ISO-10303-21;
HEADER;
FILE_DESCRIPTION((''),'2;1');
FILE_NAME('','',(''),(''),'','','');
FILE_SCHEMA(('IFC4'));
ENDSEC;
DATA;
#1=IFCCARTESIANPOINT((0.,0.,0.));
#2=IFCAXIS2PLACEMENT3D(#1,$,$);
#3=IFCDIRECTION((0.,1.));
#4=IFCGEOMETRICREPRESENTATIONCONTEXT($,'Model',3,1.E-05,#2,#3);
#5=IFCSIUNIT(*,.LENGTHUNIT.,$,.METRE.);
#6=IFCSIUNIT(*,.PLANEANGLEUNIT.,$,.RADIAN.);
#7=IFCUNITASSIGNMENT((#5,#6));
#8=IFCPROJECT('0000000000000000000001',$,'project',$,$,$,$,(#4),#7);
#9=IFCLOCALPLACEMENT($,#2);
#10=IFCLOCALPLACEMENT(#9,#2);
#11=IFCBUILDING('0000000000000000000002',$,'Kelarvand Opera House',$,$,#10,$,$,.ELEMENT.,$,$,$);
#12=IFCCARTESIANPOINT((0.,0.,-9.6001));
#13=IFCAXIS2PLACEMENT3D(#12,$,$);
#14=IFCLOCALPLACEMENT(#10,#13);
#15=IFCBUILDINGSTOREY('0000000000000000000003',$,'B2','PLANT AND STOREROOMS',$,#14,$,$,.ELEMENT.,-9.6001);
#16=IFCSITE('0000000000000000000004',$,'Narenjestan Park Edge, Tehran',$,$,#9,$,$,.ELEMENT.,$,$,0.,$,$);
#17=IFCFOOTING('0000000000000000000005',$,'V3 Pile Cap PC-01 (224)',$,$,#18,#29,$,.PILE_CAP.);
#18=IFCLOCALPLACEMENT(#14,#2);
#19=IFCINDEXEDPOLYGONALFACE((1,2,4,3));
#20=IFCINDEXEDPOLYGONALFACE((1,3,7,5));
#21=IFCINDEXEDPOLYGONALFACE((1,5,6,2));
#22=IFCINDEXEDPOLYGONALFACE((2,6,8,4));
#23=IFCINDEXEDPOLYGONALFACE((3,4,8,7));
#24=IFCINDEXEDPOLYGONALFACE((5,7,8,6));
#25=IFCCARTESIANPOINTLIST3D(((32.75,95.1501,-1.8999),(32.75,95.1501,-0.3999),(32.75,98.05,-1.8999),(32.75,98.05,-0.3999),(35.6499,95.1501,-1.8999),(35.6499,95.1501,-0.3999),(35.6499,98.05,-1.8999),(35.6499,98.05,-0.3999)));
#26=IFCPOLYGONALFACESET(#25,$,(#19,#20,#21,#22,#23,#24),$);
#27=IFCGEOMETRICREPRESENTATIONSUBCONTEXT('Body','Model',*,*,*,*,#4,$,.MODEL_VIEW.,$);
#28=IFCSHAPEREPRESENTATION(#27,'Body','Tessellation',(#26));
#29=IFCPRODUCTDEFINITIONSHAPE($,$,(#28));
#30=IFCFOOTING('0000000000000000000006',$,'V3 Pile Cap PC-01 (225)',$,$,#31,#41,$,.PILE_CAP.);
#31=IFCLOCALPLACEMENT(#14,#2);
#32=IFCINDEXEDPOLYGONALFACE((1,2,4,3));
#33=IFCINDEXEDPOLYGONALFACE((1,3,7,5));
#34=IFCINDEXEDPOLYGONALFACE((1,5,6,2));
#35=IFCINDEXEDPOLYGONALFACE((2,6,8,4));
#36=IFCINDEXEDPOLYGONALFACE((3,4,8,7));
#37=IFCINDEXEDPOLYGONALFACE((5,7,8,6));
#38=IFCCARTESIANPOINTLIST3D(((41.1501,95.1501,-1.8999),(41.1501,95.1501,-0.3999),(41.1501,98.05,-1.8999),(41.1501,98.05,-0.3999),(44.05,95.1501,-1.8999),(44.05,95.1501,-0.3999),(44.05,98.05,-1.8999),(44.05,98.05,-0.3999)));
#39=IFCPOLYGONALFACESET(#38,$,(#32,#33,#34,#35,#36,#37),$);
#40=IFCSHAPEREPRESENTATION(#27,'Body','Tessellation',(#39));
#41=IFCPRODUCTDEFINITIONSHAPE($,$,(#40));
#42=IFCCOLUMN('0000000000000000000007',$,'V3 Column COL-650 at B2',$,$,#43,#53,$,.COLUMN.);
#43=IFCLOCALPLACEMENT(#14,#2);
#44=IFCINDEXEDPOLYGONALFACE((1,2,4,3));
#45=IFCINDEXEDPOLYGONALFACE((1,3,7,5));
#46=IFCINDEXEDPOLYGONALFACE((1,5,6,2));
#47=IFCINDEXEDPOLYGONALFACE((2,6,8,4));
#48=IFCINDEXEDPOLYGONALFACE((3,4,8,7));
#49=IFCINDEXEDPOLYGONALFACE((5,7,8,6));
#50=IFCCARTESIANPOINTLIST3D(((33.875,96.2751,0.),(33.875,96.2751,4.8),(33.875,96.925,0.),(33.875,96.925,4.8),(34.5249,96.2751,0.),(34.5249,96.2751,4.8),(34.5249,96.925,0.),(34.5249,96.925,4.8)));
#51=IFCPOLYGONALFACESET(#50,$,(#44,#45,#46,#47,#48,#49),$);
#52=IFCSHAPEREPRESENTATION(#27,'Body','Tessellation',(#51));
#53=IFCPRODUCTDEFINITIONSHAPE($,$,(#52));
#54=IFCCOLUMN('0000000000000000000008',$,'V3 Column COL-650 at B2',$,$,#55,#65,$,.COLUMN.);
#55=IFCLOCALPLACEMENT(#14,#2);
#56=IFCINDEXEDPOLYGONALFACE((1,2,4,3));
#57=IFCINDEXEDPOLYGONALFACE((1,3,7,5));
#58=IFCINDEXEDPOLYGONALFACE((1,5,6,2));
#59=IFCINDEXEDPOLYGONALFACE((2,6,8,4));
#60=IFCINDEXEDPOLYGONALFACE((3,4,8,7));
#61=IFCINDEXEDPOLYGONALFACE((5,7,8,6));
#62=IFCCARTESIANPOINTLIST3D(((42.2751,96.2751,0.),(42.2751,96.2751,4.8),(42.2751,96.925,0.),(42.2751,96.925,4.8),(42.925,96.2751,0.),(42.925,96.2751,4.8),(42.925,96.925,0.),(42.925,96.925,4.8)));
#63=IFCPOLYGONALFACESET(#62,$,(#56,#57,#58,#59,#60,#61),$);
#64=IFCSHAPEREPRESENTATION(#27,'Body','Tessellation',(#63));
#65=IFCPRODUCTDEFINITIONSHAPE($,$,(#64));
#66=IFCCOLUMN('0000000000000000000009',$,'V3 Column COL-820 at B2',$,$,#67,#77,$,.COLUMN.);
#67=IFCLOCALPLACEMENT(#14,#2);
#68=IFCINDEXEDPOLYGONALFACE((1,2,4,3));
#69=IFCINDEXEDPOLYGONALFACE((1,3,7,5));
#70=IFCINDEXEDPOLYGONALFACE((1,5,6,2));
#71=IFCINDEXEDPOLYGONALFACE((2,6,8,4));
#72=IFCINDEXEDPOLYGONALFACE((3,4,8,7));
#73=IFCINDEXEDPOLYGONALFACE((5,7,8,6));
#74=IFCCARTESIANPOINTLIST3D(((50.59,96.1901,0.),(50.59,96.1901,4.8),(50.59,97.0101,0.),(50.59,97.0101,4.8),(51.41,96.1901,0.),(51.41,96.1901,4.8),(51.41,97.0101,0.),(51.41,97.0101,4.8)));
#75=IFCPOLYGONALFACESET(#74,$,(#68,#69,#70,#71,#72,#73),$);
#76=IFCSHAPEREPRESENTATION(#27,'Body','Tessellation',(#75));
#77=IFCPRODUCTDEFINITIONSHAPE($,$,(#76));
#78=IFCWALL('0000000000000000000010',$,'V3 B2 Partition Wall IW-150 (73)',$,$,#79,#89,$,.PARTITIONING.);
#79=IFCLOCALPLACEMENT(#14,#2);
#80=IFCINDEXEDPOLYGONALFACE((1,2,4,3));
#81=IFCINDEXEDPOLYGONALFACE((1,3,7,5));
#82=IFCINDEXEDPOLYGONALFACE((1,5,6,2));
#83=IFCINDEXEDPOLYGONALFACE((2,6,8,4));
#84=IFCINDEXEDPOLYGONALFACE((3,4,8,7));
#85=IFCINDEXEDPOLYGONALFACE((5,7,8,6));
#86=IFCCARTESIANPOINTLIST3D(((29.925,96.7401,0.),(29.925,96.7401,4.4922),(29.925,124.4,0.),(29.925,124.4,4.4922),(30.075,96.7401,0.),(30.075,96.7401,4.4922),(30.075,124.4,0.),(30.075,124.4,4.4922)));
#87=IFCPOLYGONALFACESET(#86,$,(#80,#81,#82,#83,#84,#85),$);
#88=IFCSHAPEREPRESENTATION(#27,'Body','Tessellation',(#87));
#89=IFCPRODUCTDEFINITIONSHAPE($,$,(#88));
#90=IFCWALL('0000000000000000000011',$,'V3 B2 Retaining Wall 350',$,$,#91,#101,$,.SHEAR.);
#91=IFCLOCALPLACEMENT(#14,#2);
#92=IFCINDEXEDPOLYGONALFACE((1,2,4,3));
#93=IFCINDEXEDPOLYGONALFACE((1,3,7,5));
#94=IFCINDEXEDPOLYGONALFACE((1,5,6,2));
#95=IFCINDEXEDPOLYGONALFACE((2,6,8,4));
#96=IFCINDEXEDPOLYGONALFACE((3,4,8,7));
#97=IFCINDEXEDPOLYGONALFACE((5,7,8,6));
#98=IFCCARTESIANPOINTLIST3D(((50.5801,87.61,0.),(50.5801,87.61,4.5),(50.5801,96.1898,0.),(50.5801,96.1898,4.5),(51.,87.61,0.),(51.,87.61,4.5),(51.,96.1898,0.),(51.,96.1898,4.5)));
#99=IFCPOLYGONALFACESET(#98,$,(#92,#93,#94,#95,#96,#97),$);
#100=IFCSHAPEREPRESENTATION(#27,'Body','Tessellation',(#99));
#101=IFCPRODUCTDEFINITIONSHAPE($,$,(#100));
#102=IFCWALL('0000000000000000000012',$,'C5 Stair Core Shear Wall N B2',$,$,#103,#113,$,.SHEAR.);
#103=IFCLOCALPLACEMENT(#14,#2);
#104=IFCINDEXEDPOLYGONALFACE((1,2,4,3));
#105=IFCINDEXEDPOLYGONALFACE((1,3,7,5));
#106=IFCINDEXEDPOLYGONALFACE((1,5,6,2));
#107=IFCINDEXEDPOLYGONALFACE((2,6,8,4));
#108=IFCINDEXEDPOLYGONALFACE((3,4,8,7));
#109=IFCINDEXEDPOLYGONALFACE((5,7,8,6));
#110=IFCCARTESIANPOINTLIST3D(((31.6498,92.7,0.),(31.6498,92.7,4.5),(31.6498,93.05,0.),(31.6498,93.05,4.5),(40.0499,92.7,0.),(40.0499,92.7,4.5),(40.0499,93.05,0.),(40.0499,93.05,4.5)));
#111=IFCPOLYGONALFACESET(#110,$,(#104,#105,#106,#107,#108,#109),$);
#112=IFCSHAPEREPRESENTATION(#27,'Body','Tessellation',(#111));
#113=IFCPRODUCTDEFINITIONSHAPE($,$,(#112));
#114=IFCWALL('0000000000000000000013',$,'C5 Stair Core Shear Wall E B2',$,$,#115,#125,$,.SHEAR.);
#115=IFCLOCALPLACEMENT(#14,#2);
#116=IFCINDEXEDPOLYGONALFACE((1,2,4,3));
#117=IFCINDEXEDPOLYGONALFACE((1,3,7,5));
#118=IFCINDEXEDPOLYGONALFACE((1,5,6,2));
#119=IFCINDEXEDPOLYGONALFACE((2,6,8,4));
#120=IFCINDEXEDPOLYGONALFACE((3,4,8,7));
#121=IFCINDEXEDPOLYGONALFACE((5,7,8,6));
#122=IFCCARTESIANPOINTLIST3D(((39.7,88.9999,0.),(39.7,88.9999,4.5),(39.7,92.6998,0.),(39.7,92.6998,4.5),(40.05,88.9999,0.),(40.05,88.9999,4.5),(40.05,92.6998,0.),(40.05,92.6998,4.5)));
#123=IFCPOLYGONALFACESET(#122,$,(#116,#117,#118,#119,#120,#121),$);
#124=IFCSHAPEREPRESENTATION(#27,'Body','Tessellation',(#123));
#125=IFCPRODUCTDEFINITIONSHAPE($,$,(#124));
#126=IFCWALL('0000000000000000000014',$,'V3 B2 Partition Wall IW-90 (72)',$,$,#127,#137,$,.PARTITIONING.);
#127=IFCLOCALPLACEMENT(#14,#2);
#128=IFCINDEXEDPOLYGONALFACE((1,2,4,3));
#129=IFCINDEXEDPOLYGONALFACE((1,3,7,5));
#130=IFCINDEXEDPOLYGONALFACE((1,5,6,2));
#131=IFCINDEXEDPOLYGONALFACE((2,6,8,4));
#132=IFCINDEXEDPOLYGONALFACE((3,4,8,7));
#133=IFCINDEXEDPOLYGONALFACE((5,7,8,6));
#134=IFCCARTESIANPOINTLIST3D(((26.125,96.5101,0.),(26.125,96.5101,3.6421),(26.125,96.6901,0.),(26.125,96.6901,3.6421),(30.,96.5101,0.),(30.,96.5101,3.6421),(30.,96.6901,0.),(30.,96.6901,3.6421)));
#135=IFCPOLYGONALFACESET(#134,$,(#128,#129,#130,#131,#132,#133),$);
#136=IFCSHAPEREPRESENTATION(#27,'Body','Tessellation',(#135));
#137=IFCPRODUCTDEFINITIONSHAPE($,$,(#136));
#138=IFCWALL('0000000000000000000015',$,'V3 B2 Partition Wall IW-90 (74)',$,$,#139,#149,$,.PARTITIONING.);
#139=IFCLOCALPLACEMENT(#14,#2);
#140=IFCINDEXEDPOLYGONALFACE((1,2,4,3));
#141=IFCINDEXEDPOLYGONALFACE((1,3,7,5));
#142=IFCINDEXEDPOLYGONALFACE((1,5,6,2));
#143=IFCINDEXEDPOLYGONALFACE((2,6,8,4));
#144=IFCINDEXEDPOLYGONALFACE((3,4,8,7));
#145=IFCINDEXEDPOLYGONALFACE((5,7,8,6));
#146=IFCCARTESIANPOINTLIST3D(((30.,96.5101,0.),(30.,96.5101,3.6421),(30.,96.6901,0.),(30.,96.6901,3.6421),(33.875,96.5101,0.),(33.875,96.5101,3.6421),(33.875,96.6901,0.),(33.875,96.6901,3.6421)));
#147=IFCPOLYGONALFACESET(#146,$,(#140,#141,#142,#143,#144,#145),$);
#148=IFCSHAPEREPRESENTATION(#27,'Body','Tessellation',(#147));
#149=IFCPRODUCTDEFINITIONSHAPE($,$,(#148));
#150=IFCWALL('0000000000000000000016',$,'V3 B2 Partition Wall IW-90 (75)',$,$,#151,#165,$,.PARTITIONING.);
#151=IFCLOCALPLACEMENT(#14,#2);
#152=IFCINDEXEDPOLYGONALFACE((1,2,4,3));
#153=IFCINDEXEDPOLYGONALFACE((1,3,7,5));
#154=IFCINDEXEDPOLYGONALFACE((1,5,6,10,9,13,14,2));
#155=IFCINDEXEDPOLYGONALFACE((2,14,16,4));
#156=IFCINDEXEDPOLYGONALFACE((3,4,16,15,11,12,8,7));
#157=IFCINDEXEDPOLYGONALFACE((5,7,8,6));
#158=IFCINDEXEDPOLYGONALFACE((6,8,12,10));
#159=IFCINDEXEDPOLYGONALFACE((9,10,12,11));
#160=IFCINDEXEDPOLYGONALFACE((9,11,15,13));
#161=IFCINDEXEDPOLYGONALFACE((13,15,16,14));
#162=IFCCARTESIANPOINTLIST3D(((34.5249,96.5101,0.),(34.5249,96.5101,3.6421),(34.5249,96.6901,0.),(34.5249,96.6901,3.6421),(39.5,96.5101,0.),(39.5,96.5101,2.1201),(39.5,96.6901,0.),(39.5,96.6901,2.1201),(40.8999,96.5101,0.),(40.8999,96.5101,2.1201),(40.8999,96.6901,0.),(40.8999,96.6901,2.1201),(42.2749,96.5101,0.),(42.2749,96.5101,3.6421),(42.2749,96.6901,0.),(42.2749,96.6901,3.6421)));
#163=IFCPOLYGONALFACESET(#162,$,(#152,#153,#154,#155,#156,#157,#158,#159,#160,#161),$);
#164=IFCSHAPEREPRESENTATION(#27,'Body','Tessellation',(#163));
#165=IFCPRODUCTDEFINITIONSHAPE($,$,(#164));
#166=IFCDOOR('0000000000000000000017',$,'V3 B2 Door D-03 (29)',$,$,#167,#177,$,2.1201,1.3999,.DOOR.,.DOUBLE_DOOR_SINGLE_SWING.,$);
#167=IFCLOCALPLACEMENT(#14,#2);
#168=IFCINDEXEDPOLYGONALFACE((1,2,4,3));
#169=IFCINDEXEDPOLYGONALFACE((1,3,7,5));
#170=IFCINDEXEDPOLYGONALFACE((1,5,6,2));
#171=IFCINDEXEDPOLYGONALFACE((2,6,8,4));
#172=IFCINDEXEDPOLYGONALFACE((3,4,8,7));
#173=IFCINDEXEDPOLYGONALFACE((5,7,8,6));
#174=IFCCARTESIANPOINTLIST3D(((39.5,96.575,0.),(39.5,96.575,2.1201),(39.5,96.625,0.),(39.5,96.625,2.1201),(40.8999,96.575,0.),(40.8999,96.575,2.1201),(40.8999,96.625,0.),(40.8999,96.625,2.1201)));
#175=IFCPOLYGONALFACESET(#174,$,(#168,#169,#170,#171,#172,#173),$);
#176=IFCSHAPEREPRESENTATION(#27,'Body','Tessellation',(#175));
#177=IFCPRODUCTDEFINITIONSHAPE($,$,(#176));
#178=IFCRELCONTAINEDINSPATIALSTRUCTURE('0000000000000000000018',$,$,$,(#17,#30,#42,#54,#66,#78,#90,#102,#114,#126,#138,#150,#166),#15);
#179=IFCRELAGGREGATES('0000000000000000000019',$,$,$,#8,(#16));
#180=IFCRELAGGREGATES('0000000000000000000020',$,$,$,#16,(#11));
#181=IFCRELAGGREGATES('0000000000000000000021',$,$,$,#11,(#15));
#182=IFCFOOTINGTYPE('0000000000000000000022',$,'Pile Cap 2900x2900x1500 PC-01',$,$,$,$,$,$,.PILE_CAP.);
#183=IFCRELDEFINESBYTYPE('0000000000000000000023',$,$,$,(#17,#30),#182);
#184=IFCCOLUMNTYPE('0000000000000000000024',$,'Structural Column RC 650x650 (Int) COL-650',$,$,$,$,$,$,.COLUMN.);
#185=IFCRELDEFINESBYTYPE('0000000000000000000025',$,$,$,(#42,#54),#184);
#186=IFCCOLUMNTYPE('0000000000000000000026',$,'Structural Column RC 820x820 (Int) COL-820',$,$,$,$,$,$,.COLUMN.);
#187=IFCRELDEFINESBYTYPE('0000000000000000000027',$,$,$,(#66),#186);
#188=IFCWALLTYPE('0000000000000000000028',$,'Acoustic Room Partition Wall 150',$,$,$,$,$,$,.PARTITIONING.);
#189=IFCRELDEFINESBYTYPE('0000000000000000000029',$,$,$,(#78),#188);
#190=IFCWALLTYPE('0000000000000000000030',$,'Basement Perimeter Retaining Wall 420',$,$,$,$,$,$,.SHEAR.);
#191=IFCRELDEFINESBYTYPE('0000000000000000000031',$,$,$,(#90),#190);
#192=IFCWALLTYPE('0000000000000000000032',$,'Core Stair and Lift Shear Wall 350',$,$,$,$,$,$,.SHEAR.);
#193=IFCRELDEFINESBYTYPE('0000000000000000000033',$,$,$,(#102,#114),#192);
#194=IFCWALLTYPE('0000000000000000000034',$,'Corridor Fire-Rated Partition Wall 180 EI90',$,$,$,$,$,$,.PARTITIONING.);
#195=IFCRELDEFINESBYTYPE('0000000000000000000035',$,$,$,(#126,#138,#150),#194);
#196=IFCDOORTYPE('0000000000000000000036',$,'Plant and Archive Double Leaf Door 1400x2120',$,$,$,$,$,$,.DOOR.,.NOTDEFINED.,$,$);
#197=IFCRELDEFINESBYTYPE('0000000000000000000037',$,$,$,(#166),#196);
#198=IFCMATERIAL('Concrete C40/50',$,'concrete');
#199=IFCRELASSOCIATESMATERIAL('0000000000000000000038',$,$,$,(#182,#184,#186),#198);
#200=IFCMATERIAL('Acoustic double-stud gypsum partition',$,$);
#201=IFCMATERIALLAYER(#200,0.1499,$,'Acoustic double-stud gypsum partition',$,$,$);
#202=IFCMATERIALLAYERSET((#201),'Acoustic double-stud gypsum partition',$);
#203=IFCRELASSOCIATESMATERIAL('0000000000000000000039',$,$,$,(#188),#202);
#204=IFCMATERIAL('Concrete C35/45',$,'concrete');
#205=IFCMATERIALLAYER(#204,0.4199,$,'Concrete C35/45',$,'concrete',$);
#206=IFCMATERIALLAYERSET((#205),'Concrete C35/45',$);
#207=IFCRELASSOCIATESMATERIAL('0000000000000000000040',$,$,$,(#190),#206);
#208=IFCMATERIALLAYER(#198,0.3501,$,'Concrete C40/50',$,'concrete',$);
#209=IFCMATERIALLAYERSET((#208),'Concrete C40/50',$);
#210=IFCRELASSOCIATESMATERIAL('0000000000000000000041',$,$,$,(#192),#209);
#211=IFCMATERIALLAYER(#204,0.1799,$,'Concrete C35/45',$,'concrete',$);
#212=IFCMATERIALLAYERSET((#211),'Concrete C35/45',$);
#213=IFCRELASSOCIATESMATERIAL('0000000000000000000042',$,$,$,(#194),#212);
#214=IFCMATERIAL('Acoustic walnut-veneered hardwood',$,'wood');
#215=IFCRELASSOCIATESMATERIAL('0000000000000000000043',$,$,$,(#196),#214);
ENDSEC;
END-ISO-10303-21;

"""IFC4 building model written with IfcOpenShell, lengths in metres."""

from ifc_helpers import new_model, si_unit, direction, frame, frame_2d, origin, origin_2d, place, context, subcontext, project, spatial, rectangle, extrude, material, layer, layer_set, material_profile, profile_set, type_object, element, fill, save


model = new_model("IFC4")

# Units and contexts
model_context = context("Model", 3, precision=1e-05, world=origin(), true_north=direction((0.0, 1.0)))
body_context = subcontext(model_context, "Body", "Model", "MODEL_VIEW")
ifc_project = project(units=[si_unit("LENGTHUNIT", "METRE"), si_unit("PLANEANGLEUNIT", "RADIAN")], contexts=[model_context])

# Site, building, storey
site_placement = place(None, origin())
site = spatial("IfcSite", under=ifc_project, at=site_placement, Name="Narenjestan Park Edge, Tehran", CompositionType="ELEMENT", RefElevation=0.0)
building_placement = place(site_placement, origin())
building = spatial("IfcBuilding", under=site, at=building_placement, Name="Kelarvand Opera House", CompositionType="ELEMENT")
storey_placement = place(building_placement, frame((0.0, 0.0, -9.6001)))
storey = spatial("IfcBuildingStorey", under=building, at=storey_placement, Name="B2", Description="PLANT AND STOREROOMS", CompositionType="ELEMENT", Elevation=-9.6001)

# Shared definitions
ifc_material_1 = material(Name="Concrete C40/50", Category="concrete")

# Footings
footing_type = type_object("IfcFootingType", Name="Pile Cap 2900x2900x1500 PC-01", PredefinedType="PILE_CAP", material=ifc_material_1)
for number, where, z_axis, x_axis, name in (
    (1, (34.2, 96.6001, -1.8999), (0.0, 0.0, 1.0), (1.0, 0.0, 0.0), "V3 Pile Cap PC-01 (224)"),
    (2, (42.6001, 96.6001, -1.8999), (0.0, 0.0, 1.0), (1.0, 0.0, 0.0), "V3 Pile Cap PC-01 (225)"),
):
    element("IfcFooting", number, at=place(storey_placement, frame(where, z_axis=z_axis, x_axis=x_axis)), inside=storey, type_object=footing_type, Name=name, PredefinedType="PILE_CAP", context=body_context, shape_type="SweptSolid", body=[
        extrude(rectangle(XDim=2.8999, YDim=2.8999, at=origin_2d()), origin(), (0.0, 0.0, 1.0), 1.5),
    ])

# Columns
ifc_material_profile_1 = material_profile(ifc_material_1, rectangle(XDim=0.6499, YDim=0.6499, at=origin_2d()), Name="RC 650x650", Category="concrete")
ifc_profile_set_1 = profile_set([ifc_material_profile_1], Name="Concrete C40/50")
column_type_1 = type_object("IfcColumnType", Name="Structural Column RC 650x650 (Int) COL-650", PredefinedType="COLUMN", material=ifc_profile_set_1)
for number, where, z_axis, x_axis, name in (
    (3, (34.2, 96.6001, 0.0), (0.0, 0.0, 1.0), (1.0, 0.0, 0.0), "V3 Column COL-650 at B2"),
    (4, (42.6001, 96.6001, 0.0), (0.0, 0.0, 1.0), (1.0, 0.0, 0.0), "V3 Column COL-650 at B2"),
):
    element("IfcColumn", number, at=place(storey_placement, frame(where, z_axis=z_axis, x_axis=x_axis)), inside=storey, type_object=column_type_1, Name=name, PredefinedType="COLUMN", context=body_context, shape_type="SweptSolid", body=[
        extrude(rectangle(XDim=0.6499, YDim=0.6499, at=origin_2d()), origin(), (0.0, 0.0, 1.0), 4.8),
    ])
ifc_material_profile_2 = material_profile(ifc_material_1, rectangle(XDim=0.8201, YDim=0.8201, at=origin_2d()), Name="RC 820x820", Category="concrete")
ifc_profile_set_2 = profile_set([ifc_material_profile_2], Name="Concrete C40/50")
column_type_2 = type_object("IfcColumnType", Name="Structural Column RC 820x820 (Int) COL-820", PredefinedType="COLUMN", material=ifc_profile_set_2)
column_placement = place(storey_placement, frame((51.0, 96.6001, 0.0), z_axis=(0.0, 0.0, 1.0), x_axis=(1.0, 0.0, 0.0)))
element("IfcColumn", 5, at=column_placement, inside=storey, type_object=column_type_2, Name="V3 Column COL-820 at B2", PredefinedType="COLUMN", context=body_context, shape_type="SweptSolid", body=[
    extrude(rectangle(XDim=0.8201, YDim=0.8201, at=origin_2d()), origin(), (0.0, 0.0, 1.0), 4.8),
])

# Walls
ifc_material_2 = material(Name="Acoustic double-stud gypsum partition")
ifc_layer_1 = layer(ifc_material_2, 0.1499, Name="Acoustic double-stud gypsum partition")
ifc_layer_set_1 = layer_set([ifc_layer_1], Name="Acoustic double-stud gypsum partition")
wall_type_1 = type_object("IfcWallType", Name="Acoustic Room Partition Wall 150", PredefinedType="PARTITIONING", material=ifc_layer_set_1)
wall_1_placement = place(storey_placement, frame((30.0, 96.74, 0.0), z_axis=(0.0, 0.0, 1.0), x_axis=(0.0, 1.0, 0.0)))
element("IfcWall", 6, at=wall_1_placement, inside=storey, type_object=wall_type_1, Name="V3 B2 Partition Wall IW-150 (73)", PredefinedType="PARTITIONING", context=body_context, shape_type="SweptSolid", body=[
    extrude(rectangle(XDim=27.6599, YDim=0.1499, at=frame_2d((13.8301, 0.0))), origin(), (0.0, 0.0, 1.0), 4.4922),
])
ifc_material_3 = material(Name="Concrete C35/45", Category="concrete")
ifc_layer_2 = layer(ifc_material_3, 0.4199, Name="Concrete C35/45", Category="concrete")
ifc_layer_set_2 = layer_set([ifc_layer_2], Name="Concrete C35/45")
wall_type_2 = type_object("IfcWallType", Name="Basement Perimeter Retaining Wall 420", PredefinedType="SHEAR", material=ifc_layer_set_2)
wall_2_placement = place(storey_placement, frame((50.79, 96.1899, 0.0), z_axis=(0.0, 0.0, 1.0), x_axis=(0.0, -1.0, 0.0)))
element("IfcWall", 7, at=wall_2_placement, inside=storey, type_object=wall_type_2, Name="V3 B2 Retaining Wall 350", PredefinedType="SHEAR", context=body_context, shape_type="SweptSolid", body=[
    extrude(rectangle(XDim=8.5798, YDim=0.4199, at=frame_2d((4.29, 0.0))), origin(), (0.0, 0.0, 1.0), 4.5),
])
ifc_layer_3 = layer(ifc_material_1, 0.3501, Name="Concrete C40/50", Category="concrete")
ifc_layer_set_3 = layer_set([ifc_layer_3], Name="Concrete C40/50")
wall_type_3 = type_object("IfcWallType", Name="Core Stair and Lift Shear Wall 350", PredefinedType="SHEAR", material=ifc_layer_set_3)
wall_3_placement = place(storey_placement, frame((40.05, 92.875, 0.0), z_axis=(0.0, 0.0, 1.0), x_axis=(-1.0, 0.0, 0.0)))
element("IfcWall", 8, at=wall_3_placement, inside=storey, type_object=wall_type_3, Name="C5 Stair Core Shear Wall N B2", PredefinedType="SHEAR", context=body_context, shape_type="SweptSolid", body=[
    extrude(rectangle(XDim=8.4001, YDim=0.3501, at=frame_2d((4.2002, 0.0))), origin(), (0.0, 0.0, 1.0), 4.5),
])
wall_4_placement = place(storey_placement, frame((39.875, 92.7, 0.0), z_axis=(0.0, 0.0, 1.0), x_axis=(0.0, -1.0, 0.0)))
element("IfcWall", 9, at=wall_4_placement, inside=storey, type_object=wall_type_3, Name="C5 Stair Core Shear Wall E B2", PredefinedType="SHEAR", context=body_context, shape_type="SweptSolid", body=[
    extrude(rectangle(XDim=3.7, YDim=0.3501, at=frame_2d((1.8501, 0.0))), origin(), (0.0, 0.0, 1.0), 4.5),
])
ifc_layer_4 = layer(ifc_material_3, 0.1799, Name="Concrete C35/45", Category="concrete")
ifc_layer_set_4 = layer_set([ifc_layer_4], Name="Concrete C35/45")
wall_type_4 = type_object("IfcWallType", Name="Corridor Fire-Rated Partition Wall 180 EI90", PredefinedType="PARTITIONING", material=ifc_layer_set_4)
for number, where, z_axis, x_axis, name in (
    (10, (26.125, 96.6001, 0.0), (0.0, 0.0, 1.0), (1.0, 0.0, 0.0), "V3 B2 Partition Wall IW-90 (72)"),
    (11, (30.0, 96.6001, 0.0), (0.0, 0.0, 1.0), (1.0, 0.0, 0.0), "V3 B2 Partition Wall IW-90 (74)"),
):
    element("IfcWall", number, at=place(storey_placement, frame(where, z_axis=z_axis, x_axis=x_axis)), inside=storey, type_object=wall_type_4, Name=name, PredefinedType="PARTITIONING", context=body_context, shape_type="SweptSolid", body=[
        extrude(rectangle(XDim=3.875, YDim=0.1799, at=frame_2d((1.9375, 0.0))), origin(), (0.0, 0.0, 1.0), 3.6421),
    ])

# Wall, opening, door
wall_5_placement = place(storey_placement, frame((34.5249, 96.6001, 0.0), z_axis=(0.0, 0.0, 1.0), x_axis=(1.0, 0.0, 0.0)))
wall_5 = element("IfcWall", 12, at=wall_5_placement, inside=storey, type_object=wall_type_4, Name="V3 B2 Partition Wall IW-90 (75)", PredefinedType="PARTITIONING", context=body_context, shape_type="SweptSolid", body=[
    extrude(rectangle(XDim=7.75, YDim=0.1799, at=frame_2d((3.875, 0.0))), origin(), (0.0, 0.0, 1.0), 3.6421),
])
opening_1_placement = place(wall_5_placement, frame((4.9751, 0.0, 0.0)))
opening_1 = element("IfcOpeningElement", 13, at=opening_1_placement, cuts=wall_5, PredefinedType="OPENING", context=body_context, shape_type="SweptSolid", body=[
    extrude(rectangle(XDim=1.3999, YDim=2.1201, at=frame_2d((0.7, 1.0601))), frame((0.0, 0.1001, 0.0), z_axis=(0.0, -1.0, 0.0), x_axis=(1.0, 0.0, 0.0)), (0.0, 0.0, 1.0), 0.2),
])
ifc_material_4 = material(Name="Acoustic walnut-veneered hardwood", Category="wood")
door_type_1 = type_object("IfcDoorType", Name="Plant and Archive Double Leaf Door 1400x2120", OperationType="NOTDEFINED", PredefinedType="DOOR", material=ifc_material_4)
door_1_placement = place(opening_1_placement, origin())
door_1 = element("IfcDoor", 14, at=door_1_placement, inside=storey, type_object=door_type_1, Name="V3 B2 Door D-03 (29)", OperationType="DOUBLE_DOOR_SINGLE_SWING", OverallHeight=2.1201, OverallWidth=1.3999, PredefinedType="DOOR", context=body_context, shape_type="SweptSolid", body=[
    extrude(rectangle(XDim=1.3999, YDim=2.1201, at=frame_2d((0.7, 1.0601))), frame((0.0, 0.0249, 0.0), z_axis=(0.0, -1.0, 0.0), x_axis=(1.0, 0.0, 0.0)), (0.0, 0.0, 1.0), 0.05),
])
fill(opening_1, door_1)

save(model, "model.ifc")
